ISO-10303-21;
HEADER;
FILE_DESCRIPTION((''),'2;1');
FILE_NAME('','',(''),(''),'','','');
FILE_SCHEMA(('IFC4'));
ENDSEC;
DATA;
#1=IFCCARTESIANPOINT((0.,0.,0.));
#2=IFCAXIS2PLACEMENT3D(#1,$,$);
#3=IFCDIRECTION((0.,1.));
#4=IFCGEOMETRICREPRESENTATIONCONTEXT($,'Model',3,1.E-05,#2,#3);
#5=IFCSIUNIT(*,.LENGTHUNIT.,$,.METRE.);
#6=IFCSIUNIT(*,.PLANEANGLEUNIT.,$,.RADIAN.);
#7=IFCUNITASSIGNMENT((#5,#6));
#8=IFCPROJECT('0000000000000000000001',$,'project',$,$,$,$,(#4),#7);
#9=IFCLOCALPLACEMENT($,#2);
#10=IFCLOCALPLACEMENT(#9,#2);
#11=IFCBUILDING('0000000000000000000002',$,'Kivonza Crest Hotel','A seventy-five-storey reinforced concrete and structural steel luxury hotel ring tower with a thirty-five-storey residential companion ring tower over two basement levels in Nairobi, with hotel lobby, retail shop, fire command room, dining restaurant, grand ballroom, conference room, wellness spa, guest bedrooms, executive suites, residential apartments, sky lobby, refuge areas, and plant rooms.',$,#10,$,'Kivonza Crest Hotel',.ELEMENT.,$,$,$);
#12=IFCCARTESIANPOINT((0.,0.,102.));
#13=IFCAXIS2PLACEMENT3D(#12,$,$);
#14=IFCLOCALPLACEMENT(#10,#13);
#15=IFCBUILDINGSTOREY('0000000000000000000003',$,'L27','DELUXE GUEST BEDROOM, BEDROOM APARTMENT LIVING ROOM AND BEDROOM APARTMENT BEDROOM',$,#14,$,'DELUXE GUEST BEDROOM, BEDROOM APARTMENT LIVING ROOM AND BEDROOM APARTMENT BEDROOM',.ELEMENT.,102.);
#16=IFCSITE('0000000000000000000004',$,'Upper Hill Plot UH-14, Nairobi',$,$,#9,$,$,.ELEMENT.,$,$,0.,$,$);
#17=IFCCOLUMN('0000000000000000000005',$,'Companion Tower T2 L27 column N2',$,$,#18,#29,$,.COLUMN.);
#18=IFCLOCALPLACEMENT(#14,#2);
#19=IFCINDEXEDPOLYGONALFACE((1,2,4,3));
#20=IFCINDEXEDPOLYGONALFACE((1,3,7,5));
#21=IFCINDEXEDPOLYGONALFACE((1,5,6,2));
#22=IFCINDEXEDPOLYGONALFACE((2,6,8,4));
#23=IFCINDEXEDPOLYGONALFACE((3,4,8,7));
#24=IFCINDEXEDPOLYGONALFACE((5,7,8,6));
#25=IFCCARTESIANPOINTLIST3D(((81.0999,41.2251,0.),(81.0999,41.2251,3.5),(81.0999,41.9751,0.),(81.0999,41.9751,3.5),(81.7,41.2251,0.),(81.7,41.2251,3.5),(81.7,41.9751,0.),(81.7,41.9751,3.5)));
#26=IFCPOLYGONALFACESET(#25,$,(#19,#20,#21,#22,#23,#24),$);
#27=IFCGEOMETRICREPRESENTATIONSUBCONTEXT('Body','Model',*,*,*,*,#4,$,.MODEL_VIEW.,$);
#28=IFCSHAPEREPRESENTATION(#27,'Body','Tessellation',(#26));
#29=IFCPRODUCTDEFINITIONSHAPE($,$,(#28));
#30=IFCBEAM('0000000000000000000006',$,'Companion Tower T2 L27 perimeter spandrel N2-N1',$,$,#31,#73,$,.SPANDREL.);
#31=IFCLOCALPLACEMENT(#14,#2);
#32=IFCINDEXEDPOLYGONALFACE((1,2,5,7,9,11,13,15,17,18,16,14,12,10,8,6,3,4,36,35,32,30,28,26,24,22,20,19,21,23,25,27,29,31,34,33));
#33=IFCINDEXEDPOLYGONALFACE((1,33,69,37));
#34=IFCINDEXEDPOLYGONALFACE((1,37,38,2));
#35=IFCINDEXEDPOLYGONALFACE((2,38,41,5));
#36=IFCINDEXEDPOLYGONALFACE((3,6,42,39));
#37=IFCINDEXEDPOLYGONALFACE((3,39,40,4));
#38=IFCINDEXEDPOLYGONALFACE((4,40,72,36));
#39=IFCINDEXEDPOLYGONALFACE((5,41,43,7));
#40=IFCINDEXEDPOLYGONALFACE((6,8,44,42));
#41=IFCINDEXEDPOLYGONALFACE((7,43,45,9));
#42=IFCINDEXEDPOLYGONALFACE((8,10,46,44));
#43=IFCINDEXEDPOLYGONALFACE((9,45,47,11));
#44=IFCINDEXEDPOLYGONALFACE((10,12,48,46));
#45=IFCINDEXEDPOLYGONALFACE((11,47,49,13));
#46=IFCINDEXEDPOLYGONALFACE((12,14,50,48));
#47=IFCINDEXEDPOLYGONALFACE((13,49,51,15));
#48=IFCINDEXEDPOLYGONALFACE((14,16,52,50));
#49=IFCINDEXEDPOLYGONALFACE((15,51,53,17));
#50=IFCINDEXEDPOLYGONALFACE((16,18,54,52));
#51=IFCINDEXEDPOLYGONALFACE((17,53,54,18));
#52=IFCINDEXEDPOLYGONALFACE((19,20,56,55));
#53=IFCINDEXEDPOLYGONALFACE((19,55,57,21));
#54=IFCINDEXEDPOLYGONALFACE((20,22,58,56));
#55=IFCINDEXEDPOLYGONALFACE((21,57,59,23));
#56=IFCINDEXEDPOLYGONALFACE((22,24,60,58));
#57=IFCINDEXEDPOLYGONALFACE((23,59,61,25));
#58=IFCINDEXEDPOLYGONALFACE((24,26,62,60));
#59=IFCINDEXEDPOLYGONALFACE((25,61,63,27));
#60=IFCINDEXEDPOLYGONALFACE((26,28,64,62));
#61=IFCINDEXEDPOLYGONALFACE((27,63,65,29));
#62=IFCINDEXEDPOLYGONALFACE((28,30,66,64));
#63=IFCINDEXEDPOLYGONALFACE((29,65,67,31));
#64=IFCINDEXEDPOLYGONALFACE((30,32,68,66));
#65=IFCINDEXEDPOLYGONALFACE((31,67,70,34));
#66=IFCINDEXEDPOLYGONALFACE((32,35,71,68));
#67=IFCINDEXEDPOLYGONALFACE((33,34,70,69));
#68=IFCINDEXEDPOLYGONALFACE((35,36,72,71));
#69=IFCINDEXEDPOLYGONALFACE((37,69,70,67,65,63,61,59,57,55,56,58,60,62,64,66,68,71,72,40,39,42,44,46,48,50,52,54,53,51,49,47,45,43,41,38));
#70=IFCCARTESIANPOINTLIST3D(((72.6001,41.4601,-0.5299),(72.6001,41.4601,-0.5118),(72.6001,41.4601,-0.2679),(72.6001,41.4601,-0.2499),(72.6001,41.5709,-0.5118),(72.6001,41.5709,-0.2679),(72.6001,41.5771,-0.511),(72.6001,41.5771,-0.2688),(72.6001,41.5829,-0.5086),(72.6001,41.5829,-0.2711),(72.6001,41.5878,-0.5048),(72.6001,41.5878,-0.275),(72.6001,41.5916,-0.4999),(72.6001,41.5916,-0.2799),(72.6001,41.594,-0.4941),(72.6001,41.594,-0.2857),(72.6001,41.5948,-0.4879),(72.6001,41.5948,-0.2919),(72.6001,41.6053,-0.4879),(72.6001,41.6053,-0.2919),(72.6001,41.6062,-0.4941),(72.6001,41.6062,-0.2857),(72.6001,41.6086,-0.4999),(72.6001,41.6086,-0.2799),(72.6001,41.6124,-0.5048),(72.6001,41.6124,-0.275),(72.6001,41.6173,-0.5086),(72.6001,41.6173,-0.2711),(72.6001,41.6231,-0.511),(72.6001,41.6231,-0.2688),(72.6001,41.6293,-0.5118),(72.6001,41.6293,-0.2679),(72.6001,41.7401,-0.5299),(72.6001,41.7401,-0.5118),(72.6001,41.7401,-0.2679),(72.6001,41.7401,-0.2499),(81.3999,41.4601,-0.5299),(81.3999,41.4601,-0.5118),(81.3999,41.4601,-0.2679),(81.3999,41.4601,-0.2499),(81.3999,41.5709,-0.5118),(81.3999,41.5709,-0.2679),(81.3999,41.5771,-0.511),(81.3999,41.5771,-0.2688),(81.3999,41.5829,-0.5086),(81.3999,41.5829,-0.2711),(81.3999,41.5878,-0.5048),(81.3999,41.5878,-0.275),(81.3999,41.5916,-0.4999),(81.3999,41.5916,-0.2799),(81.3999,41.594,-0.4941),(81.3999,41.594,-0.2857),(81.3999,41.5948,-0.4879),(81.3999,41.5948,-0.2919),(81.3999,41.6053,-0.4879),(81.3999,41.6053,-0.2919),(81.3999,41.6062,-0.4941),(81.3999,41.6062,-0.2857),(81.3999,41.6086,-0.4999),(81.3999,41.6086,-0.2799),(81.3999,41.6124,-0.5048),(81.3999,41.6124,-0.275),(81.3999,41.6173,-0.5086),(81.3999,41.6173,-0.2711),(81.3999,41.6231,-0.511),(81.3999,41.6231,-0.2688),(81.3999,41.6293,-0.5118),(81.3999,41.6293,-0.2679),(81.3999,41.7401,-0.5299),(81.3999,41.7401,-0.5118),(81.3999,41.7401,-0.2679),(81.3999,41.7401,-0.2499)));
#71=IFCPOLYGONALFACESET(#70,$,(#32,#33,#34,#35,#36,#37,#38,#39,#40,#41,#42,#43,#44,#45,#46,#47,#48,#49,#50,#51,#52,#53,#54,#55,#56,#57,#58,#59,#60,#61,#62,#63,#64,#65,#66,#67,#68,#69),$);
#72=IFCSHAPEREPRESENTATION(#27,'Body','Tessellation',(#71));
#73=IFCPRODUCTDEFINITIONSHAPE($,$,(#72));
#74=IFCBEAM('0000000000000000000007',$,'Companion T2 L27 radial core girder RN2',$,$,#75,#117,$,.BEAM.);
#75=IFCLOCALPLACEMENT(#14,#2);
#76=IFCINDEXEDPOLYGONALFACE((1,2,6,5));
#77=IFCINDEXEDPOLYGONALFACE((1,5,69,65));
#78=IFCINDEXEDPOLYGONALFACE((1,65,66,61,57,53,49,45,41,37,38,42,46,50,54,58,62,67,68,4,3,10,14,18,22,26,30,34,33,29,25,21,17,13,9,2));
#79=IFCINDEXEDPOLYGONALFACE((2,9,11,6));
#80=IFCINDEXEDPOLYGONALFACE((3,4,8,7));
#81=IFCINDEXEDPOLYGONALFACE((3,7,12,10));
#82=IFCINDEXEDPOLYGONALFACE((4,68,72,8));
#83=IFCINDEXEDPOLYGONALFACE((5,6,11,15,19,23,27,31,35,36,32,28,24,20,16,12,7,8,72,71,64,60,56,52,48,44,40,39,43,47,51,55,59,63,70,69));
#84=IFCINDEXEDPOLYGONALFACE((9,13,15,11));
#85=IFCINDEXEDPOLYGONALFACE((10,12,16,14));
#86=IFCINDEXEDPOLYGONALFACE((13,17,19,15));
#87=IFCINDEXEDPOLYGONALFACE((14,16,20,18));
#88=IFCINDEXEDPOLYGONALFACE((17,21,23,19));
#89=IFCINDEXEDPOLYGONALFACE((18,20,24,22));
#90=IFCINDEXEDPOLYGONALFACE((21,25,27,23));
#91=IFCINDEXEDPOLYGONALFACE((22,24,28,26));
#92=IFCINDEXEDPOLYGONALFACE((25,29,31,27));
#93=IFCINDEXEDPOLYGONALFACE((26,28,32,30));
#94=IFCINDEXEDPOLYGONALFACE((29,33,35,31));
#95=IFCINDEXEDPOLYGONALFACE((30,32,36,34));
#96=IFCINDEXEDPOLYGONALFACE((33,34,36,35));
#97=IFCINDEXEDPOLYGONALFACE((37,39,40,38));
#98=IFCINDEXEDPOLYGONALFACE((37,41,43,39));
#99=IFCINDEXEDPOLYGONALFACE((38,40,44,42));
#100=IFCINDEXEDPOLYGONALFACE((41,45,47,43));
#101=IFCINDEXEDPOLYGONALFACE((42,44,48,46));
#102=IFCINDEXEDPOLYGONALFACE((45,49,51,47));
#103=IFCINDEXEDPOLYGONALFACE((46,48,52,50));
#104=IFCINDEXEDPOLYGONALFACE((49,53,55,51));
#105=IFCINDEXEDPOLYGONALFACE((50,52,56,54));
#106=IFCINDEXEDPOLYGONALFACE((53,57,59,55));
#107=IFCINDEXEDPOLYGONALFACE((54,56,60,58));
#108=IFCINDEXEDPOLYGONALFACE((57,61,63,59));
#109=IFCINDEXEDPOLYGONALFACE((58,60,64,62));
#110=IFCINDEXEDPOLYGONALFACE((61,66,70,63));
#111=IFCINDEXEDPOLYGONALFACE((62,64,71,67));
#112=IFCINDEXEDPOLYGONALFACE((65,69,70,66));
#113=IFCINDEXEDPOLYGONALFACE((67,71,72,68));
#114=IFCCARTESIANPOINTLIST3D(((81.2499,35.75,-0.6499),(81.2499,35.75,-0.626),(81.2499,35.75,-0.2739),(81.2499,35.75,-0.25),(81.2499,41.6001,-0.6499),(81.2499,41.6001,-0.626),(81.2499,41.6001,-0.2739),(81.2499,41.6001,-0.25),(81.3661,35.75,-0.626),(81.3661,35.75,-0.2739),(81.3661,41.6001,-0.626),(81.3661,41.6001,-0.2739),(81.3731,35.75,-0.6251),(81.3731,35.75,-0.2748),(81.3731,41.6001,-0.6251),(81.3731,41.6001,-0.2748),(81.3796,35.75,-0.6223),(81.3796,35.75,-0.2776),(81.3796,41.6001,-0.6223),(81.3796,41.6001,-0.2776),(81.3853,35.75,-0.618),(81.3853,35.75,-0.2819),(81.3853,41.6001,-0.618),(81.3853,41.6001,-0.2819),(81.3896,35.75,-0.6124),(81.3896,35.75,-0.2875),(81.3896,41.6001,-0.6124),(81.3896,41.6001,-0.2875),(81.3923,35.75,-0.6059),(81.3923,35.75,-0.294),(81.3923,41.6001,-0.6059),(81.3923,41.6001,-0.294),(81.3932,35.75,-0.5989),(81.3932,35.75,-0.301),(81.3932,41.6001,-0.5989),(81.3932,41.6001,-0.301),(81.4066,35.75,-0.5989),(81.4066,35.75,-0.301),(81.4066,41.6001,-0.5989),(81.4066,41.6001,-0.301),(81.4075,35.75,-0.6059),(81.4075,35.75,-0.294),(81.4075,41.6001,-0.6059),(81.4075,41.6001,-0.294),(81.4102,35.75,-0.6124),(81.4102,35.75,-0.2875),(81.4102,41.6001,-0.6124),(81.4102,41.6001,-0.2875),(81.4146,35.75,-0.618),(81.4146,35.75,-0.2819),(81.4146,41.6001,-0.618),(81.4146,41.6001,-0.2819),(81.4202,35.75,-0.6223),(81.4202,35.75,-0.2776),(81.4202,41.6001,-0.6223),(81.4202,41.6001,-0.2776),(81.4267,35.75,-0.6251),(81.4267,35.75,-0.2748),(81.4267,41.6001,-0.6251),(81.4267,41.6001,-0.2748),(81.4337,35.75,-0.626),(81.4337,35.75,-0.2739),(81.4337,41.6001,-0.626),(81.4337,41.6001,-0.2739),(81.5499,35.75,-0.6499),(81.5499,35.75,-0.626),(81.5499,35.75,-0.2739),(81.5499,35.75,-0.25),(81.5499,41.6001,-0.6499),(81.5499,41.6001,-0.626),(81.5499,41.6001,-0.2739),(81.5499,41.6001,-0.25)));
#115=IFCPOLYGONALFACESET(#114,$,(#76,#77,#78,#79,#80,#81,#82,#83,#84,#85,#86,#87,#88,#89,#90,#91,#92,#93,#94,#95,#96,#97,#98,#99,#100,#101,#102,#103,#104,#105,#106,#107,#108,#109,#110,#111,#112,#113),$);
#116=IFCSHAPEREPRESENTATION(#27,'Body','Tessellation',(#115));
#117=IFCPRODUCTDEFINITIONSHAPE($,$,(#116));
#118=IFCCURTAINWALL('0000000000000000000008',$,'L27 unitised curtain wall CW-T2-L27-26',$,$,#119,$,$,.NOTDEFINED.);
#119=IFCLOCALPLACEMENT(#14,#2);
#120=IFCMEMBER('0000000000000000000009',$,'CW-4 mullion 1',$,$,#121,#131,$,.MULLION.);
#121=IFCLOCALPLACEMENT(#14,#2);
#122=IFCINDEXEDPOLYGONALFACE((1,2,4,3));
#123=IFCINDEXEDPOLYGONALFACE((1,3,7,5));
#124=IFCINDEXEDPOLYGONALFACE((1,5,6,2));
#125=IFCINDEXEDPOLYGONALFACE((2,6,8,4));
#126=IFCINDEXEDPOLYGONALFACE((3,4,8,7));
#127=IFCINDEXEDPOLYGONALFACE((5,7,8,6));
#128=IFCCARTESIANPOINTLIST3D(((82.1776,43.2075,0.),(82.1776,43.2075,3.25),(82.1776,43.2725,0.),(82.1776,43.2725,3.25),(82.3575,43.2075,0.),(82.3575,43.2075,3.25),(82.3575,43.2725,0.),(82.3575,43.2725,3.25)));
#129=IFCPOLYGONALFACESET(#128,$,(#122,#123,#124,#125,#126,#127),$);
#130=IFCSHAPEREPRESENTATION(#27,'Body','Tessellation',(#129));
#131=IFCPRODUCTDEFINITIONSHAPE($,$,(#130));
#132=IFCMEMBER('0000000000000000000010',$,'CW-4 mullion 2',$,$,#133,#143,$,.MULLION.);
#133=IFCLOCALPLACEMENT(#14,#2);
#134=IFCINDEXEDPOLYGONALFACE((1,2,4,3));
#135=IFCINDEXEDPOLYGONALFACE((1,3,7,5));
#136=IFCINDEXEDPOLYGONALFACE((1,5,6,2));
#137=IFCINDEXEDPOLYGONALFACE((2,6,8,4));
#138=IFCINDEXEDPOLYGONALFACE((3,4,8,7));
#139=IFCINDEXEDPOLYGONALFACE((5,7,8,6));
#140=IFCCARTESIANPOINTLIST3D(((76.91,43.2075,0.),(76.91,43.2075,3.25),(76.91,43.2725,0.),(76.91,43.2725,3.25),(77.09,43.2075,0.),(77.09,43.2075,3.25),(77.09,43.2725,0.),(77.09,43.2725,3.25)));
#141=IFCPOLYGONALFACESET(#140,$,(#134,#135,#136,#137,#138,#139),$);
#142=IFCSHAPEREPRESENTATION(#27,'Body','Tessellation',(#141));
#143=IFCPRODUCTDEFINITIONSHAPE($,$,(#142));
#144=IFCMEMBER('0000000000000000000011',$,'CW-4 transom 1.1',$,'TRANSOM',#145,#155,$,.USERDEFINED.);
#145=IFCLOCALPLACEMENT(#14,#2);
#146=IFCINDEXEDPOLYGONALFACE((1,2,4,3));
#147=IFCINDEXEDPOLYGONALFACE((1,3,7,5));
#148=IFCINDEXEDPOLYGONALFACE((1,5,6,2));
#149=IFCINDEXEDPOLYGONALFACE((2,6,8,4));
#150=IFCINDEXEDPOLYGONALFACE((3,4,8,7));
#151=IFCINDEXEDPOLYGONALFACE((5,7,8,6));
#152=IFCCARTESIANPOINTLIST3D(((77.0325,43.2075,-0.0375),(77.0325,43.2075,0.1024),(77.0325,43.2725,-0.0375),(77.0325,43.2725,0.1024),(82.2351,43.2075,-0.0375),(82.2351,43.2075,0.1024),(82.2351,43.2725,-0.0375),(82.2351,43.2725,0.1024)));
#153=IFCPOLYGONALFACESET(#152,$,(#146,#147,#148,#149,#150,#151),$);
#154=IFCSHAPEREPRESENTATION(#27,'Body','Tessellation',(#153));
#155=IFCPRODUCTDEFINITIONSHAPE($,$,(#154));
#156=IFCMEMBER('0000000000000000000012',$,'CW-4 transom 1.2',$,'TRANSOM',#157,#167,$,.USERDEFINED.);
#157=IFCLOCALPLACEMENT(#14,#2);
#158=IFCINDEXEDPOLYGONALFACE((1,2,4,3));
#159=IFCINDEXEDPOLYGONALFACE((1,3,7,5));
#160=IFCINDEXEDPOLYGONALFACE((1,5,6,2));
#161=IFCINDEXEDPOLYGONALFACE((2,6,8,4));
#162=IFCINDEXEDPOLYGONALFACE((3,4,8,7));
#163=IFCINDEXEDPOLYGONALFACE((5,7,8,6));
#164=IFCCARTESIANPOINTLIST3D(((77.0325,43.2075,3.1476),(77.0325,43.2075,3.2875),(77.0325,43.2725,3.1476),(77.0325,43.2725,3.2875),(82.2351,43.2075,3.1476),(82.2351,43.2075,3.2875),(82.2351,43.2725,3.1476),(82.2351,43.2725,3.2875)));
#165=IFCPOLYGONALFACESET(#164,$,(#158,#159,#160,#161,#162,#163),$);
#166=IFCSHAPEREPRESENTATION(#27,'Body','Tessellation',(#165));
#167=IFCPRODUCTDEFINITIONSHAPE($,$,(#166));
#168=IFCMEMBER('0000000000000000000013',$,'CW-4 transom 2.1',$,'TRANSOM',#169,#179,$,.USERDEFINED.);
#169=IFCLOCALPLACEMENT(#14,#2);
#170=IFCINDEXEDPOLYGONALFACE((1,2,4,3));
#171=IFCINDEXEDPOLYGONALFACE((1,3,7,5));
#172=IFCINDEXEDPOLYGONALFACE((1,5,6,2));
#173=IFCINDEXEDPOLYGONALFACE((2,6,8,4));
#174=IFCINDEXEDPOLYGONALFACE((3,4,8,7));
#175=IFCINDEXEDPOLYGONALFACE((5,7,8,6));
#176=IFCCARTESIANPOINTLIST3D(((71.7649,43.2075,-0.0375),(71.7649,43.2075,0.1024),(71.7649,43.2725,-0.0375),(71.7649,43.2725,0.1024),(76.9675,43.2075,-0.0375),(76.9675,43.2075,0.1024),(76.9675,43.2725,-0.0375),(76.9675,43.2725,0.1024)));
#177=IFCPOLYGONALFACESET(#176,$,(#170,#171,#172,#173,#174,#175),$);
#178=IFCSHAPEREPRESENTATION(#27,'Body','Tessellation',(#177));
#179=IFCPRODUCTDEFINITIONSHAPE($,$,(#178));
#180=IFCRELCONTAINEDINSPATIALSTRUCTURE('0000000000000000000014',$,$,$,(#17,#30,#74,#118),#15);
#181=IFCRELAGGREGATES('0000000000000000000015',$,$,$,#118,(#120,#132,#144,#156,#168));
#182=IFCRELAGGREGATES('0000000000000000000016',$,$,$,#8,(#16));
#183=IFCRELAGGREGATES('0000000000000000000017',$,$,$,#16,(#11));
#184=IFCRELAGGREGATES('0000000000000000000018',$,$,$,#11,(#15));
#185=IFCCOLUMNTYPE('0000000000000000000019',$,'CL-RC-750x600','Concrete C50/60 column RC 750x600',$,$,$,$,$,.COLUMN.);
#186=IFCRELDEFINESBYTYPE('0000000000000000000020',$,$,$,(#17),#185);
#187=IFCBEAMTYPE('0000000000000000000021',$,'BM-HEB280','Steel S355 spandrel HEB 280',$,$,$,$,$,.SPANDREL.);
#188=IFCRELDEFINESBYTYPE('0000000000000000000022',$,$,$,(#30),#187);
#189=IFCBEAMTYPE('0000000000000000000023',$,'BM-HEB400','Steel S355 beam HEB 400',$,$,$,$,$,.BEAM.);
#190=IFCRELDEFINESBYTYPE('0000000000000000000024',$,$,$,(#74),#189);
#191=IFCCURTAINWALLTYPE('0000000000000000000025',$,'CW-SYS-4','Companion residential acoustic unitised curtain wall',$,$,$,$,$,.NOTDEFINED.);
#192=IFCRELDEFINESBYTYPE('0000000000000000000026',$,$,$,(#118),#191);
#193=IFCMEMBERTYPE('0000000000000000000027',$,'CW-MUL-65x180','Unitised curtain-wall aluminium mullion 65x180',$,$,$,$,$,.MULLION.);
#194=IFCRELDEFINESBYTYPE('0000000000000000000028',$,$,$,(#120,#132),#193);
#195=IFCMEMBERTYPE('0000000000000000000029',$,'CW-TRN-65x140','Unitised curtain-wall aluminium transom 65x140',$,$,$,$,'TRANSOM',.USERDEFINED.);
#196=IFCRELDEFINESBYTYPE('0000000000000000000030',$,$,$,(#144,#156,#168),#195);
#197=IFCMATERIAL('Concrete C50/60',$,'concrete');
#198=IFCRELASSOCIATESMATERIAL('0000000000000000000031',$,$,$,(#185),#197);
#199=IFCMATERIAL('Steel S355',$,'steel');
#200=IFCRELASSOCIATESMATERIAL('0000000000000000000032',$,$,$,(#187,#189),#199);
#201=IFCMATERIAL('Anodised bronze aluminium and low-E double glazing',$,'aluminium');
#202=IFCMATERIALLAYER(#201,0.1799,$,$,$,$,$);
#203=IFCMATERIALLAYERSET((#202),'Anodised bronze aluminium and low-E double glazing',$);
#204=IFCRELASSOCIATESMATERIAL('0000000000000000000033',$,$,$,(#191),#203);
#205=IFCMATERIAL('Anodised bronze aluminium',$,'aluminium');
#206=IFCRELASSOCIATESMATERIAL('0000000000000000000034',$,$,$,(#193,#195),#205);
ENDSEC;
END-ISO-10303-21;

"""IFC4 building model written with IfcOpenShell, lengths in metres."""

from ifc_helpers import new_model, si_unit, direction, frame, origin, origin_2d, place, context, subcontext, project, spatial, rectangle, i_section, extrude, material, layer, layer_set, material_profile, profile_set, type_object, element, aggregate, save


model = new_model("IFC4")

# Units and contexts
model_context = context("Model", 3, precision=1e-05, world=origin(), true_north=direction((0.0, 1.0)))
body_context = subcontext(model_context, "Body", "Model", "MODEL_VIEW")
ifc_project = project(units=[si_unit("LENGTHUNIT", "METRE"), si_unit("PLANEANGLEUNIT", "RADIAN")], contexts=[model_context])

# Site, building, storey
site_placement = place(None, origin())
site = spatial("IfcSite", under=ifc_project, at=site_placement, Name="Upper Hill Plot UH-14, Nairobi", CompositionType="ELEMENT", RefElevation=0.0)
building_placement = place(site_placement, origin())
building = spatial("IfcBuilding", under=site, at=building_placement, Name="Kivonza Crest Hotel", Description="A seventy-five-storey reinforced concrete and structural steel luxury hotel ring tower with a thirty-five-storey residential companion ring tower over two basement levels in Nairobi, with hotel lobby, retail shop, fire command room, dining restaurant, grand ballroom, conference room, wellness spa, guest bedrooms, executive suites, residential apartments, sky lobby, refuge areas, and plant rooms.", LongName="Kivonza Crest Hotel", CompositionType="ELEMENT")
storey_placement = place(building_placement, frame((0.0, 0.0, 102.0)))
storey = spatial("IfcBuildingStorey", under=building, at=storey_placement, Name="L27", Description="DELUXE GUEST BEDROOM, BEDROOM APARTMENT LIVING ROOM AND BEDROOM APARTMENT BEDROOM", LongName="DELUXE GUEST BEDROOM, BEDROOM APARTMENT LIVING ROOM AND BEDROOM APARTMENT BEDROOM", CompositionType="ELEMENT", Elevation=102.0)

# Column
ifc_material_1 = material(Name="Concrete C50/60", Category="concrete")
ifc_material_profile_1 = material_profile(ifc_material_1, rectangle(XDim=0.6001, YDim=0.75, at=origin_2d()), Name="RC 750x600")
ifc_profile_set_1 = profile_set([ifc_material_profile_1], Name="Concrete C50/60")
column_type = type_object("IfcColumnType", Name="CL-RC-750x600", Description="Concrete C50/60 column RC 750x600", PredefinedType="COLUMN", material=ifc_profile_set_1)
column_placement = place(storey_placement, frame((81.3999, 41.6001, 0.0), z_axis=(0.0, 0.0, 1.0), x_axis=(1.0, 0.0, 0.0)))
element("IfcColumn", 1, at=column_placement, inside=storey, type_object=column_type, Name="Companion Tower T2 L27 column N2", PredefinedType="COLUMN", context=body_context, shape_type="SweptSolid", body=[
    extrude(rectangle(XDim=0.6001, YDim=0.75, at=origin_2d()), origin(), (0.0, 0.0, 1.0), 3.5),
])

# Beams
ifc_material_2 = material(Name="Steel S355", Category="steel")
ifc_material_profile_2 = material_profile(ifc_material_2, i_section(OverallWidth=0.28, OverallDepth=0.28, WebThickness=0.0105, FlangeThickness=0.0181, FilletRadius=0.0239, at=origin_2d()), Name="HEB 280")
ifc_profile_set_2 = profile_set([ifc_material_profile_2], Name="Steel S355")
beam_type_1 = type_object("IfcBeamType", Name="BM-HEB280", Description="Steel S355 spandrel HEB 280", PredefinedType="SPANDREL", material=ifc_profile_set_2)
beam_1_placement = place(storey_placement, frame((81.3999, 41.6001, -0.3899), z_axis=(-1.0, 0.0, 0.0), x_axis=(0.0, -1.0, 0.0)))
element("IfcBeam", 2, at=beam_1_placement, inside=storey, type_object=beam_type_1, Name="Companion Tower T2 L27 perimeter spandrel N2-N1", PredefinedType="SPANDREL", context=body_context, shape_type="SweptSolid", body=[
    extrude(i_section(OverallWidth=0.28, OverallDepth=0.28, WebThickness=0.0105, FlangeThickness=0.0181, FilletRadius=0.0239, at=origin_2d()), origin(), (0.0, 0.0, 1.0), 8.7998),
])
ifc_material_profile_3 = material_profile(ifc_material_2, i_section(OverallWidth=0.3, OverallDepth=0.3999, WebThickness=0.0134, FlangeThickness=0.0239, FilletRadius=0.0271, at=origin_2d()), Name="HEB 400")
ifc_profile_set_3 = profile_set([ifc_material_profile_3], Name="Steel S355")
beam_type_2 = type_object("IfcBeamType", Name="BM-HEB400", Description="Steel S355 beam HEB 400", PredefinedType="BEAM", material=ifc_profile_set_3)
beam_2_placement = place(storey_placement, frame((81.3999, 41.6001, -0.45), z_axis=(0.0, -1.0, 0.0), x_axis=(1.0, 0.0, 0.0)))
element("IfcBeam", 3, at=beam_2_placement, inside=storey, type_object=beam_type_2, Name="Companion T2 L27 radial core girder RN2", PredefinedType="BEAM", context=body_context, shape_type="SweptSolid", body=[
    extrude(i_section(OverallWidth=0.3, OverallDepth=0.3999, WebThickness=0.0134, FlangeThickness=0.0239, FilletRadius=0.0271, at=origin_2d()), origin(), (0.0, 0.0, 1.0), 5.8501),
])

# Curtain wall, members
ifc_material_3 = material(Name="Anodised bronze aluminium and low-E double glazing", Category="aluminium")
ifc_layer_1 = layer(ifc_material_3, 0.1799)
ifc_layer_set_1 = layer_set([ifc_layer_1], Name="Anodised bronze aluminium and low-E double glazing")
curtain_wall_type = type_object("IfcCurtainWallType", Name="CW-SYS-4", Description="Companion residential acoustic unitised curtain wall", PredefinedType="NOTDEFINED", material=ifc_layer_set_1)
curtain_wall_placement = place(storey_placement, origin())
curtain_wall = element("IfcCurtainWall", 4, at=curtain_wall_placement, inside=storey, type_object=curtain_wall_type, Name="L27 unitised curtain wall CW-T2-L27-26", PredefinedType="NOTDEFINED")
ifc_material_4 = material(Name="Anodised bronze aluminium", Category="aluminium")
ifc_material_profile_4 = material_profile(ifc_material_4, rectangle(XDim=0.0649, YDim=0.1799, at=origin_2d()), Name="CW-M 65x180")
ifc_profile_set_4 = profile_set([ifc_material_profile_4], Name="Anodised bronze aluminium")
member_type_1 = type_object("IfcMemberType", Name="CW-MUL-65x180", Description="Unitised curtain-wall aluminium mullion 65x180", PredefinedType="MULLION", material=ifc_profile_set_4)
member_1_placement = place(storey_placement, frame((82.2676, 43.24, 0.0), z_axis=(0.0, 0.0, 1.0), x_axis=(0.0, -1.0, 0.0)))
member_1 = element("IfcMember", 5, at=member_1_placement, type_object=member_type_1, Name="CW-4 mullion 1", PredefinedType="MULLION", context=body_context, shape_type="SweptSolid", body=[
    extrude(rectangle(XDim=0.0649, YDim=0.1799, at=origin_2d()), origin(), (0.0, 0.0, 1.0), 3.25),
])
member_2_placement = place(storey_placement, frame((77.0, 43.24, 0.0), z_axis=(0.0, 0.0, 1.0), x_axis=(0.0, -1.0, 0.0)))
member_2 = element("IfcMember", 6, at=member_2_placement, type_object=member_type_1, Name="CW-4 mullion 2", PredefinedType="MULLION", context=body_context, shape_type="SweptSolid", body=[
    extrude(rectangle(XDim=0.0649, YDim=0.1799, at=origin_2d()), origin(), (0.0, 0.0, 1.0), 3.25),
])
ifc_material_profile_5 = material_profile(ifc_material_4, rectangle(XDim=0.0649, YDim=0.1399, at=origin_2d()), Name="CW-T 65x140")
ifc_profile_set_5 = profile_set([ifc_material_profile_5], Name="Anodised bronze aluminium")
member_type_2 = type_object("IfcMemberType", Name="CW-TRN-65x140", Description="Unitised curtain-wall aluminium transom 65x140", ElementType="TRANSOM", PredefinedType="USERDEFINED", material=ifc_profile_set_5)
member_3_placement = place(storey_placement, frame((82.2351, 43.24, 0.0325), z_axis=(-1.0, 0.0, 0.0), x_axis=(0.0, -1.0, 0.0)))
member_3 = element("IfcMember", 7, at=member_3_placement, type_object=member_type_2, Name="CW-4 transom 1.1", ObjectType="TRANSOM", PredefinedType="USERDEFINED", context=body_context, shape_type="SweptSolid", body=[
    extrude(rectangle(XDim=0.0649, YDim=0.1399, at=origin_2d()), origin(), (0.0, 0.0, 1.0), 5.2026),
])
member_4_placement = place(storey_placement, frame((82.2351, 43.24, 3.2175), z_axis=(-1.0, 0.0, 0.0), x_axis=(0.0, -1.0, 0.0)))
member_4 = element("IfcMember", 8, at=member_4_placement, type_object=member_type_2, Name="CW-4 transom 1.2", ObjectType="TRANSOM", PredefinedType="USERDEFINED", context=body_context, shape_type="SweptSolid", body=[
    extrude(rectangle(XDim=0.0649, YDim=0.1399, at=origin_2d()), origin(), (0.0, 0.0, 1.0), 5.2026),
])
member_5_placement = place(storey_placement, frame((76.9675, 43.24, 0.0325), z_axis=(-1.0, 0.0, 0.0), x_axis=(0.0, -1.0, 0.0)))
member_5 = element("IfcMember", 9, at=member_5_placement, type_object=member_type_2, Name="CW-4 transom 2.1", ObjectType="TRANSOM", PredefinedType="USERDEFINED", context=body_context, shape_type="SweptSolid", body=[
    extrude(rectangle(XDim=0.0649, YDim=0.1399, at=origin_2d()), origin(), (0.0, 0.0, 1.0), 5.2026),
])
aggregate(curtain_wall, [member_1, member_2, member_3, member_4, member_5])

save(model, "model.ifc")
